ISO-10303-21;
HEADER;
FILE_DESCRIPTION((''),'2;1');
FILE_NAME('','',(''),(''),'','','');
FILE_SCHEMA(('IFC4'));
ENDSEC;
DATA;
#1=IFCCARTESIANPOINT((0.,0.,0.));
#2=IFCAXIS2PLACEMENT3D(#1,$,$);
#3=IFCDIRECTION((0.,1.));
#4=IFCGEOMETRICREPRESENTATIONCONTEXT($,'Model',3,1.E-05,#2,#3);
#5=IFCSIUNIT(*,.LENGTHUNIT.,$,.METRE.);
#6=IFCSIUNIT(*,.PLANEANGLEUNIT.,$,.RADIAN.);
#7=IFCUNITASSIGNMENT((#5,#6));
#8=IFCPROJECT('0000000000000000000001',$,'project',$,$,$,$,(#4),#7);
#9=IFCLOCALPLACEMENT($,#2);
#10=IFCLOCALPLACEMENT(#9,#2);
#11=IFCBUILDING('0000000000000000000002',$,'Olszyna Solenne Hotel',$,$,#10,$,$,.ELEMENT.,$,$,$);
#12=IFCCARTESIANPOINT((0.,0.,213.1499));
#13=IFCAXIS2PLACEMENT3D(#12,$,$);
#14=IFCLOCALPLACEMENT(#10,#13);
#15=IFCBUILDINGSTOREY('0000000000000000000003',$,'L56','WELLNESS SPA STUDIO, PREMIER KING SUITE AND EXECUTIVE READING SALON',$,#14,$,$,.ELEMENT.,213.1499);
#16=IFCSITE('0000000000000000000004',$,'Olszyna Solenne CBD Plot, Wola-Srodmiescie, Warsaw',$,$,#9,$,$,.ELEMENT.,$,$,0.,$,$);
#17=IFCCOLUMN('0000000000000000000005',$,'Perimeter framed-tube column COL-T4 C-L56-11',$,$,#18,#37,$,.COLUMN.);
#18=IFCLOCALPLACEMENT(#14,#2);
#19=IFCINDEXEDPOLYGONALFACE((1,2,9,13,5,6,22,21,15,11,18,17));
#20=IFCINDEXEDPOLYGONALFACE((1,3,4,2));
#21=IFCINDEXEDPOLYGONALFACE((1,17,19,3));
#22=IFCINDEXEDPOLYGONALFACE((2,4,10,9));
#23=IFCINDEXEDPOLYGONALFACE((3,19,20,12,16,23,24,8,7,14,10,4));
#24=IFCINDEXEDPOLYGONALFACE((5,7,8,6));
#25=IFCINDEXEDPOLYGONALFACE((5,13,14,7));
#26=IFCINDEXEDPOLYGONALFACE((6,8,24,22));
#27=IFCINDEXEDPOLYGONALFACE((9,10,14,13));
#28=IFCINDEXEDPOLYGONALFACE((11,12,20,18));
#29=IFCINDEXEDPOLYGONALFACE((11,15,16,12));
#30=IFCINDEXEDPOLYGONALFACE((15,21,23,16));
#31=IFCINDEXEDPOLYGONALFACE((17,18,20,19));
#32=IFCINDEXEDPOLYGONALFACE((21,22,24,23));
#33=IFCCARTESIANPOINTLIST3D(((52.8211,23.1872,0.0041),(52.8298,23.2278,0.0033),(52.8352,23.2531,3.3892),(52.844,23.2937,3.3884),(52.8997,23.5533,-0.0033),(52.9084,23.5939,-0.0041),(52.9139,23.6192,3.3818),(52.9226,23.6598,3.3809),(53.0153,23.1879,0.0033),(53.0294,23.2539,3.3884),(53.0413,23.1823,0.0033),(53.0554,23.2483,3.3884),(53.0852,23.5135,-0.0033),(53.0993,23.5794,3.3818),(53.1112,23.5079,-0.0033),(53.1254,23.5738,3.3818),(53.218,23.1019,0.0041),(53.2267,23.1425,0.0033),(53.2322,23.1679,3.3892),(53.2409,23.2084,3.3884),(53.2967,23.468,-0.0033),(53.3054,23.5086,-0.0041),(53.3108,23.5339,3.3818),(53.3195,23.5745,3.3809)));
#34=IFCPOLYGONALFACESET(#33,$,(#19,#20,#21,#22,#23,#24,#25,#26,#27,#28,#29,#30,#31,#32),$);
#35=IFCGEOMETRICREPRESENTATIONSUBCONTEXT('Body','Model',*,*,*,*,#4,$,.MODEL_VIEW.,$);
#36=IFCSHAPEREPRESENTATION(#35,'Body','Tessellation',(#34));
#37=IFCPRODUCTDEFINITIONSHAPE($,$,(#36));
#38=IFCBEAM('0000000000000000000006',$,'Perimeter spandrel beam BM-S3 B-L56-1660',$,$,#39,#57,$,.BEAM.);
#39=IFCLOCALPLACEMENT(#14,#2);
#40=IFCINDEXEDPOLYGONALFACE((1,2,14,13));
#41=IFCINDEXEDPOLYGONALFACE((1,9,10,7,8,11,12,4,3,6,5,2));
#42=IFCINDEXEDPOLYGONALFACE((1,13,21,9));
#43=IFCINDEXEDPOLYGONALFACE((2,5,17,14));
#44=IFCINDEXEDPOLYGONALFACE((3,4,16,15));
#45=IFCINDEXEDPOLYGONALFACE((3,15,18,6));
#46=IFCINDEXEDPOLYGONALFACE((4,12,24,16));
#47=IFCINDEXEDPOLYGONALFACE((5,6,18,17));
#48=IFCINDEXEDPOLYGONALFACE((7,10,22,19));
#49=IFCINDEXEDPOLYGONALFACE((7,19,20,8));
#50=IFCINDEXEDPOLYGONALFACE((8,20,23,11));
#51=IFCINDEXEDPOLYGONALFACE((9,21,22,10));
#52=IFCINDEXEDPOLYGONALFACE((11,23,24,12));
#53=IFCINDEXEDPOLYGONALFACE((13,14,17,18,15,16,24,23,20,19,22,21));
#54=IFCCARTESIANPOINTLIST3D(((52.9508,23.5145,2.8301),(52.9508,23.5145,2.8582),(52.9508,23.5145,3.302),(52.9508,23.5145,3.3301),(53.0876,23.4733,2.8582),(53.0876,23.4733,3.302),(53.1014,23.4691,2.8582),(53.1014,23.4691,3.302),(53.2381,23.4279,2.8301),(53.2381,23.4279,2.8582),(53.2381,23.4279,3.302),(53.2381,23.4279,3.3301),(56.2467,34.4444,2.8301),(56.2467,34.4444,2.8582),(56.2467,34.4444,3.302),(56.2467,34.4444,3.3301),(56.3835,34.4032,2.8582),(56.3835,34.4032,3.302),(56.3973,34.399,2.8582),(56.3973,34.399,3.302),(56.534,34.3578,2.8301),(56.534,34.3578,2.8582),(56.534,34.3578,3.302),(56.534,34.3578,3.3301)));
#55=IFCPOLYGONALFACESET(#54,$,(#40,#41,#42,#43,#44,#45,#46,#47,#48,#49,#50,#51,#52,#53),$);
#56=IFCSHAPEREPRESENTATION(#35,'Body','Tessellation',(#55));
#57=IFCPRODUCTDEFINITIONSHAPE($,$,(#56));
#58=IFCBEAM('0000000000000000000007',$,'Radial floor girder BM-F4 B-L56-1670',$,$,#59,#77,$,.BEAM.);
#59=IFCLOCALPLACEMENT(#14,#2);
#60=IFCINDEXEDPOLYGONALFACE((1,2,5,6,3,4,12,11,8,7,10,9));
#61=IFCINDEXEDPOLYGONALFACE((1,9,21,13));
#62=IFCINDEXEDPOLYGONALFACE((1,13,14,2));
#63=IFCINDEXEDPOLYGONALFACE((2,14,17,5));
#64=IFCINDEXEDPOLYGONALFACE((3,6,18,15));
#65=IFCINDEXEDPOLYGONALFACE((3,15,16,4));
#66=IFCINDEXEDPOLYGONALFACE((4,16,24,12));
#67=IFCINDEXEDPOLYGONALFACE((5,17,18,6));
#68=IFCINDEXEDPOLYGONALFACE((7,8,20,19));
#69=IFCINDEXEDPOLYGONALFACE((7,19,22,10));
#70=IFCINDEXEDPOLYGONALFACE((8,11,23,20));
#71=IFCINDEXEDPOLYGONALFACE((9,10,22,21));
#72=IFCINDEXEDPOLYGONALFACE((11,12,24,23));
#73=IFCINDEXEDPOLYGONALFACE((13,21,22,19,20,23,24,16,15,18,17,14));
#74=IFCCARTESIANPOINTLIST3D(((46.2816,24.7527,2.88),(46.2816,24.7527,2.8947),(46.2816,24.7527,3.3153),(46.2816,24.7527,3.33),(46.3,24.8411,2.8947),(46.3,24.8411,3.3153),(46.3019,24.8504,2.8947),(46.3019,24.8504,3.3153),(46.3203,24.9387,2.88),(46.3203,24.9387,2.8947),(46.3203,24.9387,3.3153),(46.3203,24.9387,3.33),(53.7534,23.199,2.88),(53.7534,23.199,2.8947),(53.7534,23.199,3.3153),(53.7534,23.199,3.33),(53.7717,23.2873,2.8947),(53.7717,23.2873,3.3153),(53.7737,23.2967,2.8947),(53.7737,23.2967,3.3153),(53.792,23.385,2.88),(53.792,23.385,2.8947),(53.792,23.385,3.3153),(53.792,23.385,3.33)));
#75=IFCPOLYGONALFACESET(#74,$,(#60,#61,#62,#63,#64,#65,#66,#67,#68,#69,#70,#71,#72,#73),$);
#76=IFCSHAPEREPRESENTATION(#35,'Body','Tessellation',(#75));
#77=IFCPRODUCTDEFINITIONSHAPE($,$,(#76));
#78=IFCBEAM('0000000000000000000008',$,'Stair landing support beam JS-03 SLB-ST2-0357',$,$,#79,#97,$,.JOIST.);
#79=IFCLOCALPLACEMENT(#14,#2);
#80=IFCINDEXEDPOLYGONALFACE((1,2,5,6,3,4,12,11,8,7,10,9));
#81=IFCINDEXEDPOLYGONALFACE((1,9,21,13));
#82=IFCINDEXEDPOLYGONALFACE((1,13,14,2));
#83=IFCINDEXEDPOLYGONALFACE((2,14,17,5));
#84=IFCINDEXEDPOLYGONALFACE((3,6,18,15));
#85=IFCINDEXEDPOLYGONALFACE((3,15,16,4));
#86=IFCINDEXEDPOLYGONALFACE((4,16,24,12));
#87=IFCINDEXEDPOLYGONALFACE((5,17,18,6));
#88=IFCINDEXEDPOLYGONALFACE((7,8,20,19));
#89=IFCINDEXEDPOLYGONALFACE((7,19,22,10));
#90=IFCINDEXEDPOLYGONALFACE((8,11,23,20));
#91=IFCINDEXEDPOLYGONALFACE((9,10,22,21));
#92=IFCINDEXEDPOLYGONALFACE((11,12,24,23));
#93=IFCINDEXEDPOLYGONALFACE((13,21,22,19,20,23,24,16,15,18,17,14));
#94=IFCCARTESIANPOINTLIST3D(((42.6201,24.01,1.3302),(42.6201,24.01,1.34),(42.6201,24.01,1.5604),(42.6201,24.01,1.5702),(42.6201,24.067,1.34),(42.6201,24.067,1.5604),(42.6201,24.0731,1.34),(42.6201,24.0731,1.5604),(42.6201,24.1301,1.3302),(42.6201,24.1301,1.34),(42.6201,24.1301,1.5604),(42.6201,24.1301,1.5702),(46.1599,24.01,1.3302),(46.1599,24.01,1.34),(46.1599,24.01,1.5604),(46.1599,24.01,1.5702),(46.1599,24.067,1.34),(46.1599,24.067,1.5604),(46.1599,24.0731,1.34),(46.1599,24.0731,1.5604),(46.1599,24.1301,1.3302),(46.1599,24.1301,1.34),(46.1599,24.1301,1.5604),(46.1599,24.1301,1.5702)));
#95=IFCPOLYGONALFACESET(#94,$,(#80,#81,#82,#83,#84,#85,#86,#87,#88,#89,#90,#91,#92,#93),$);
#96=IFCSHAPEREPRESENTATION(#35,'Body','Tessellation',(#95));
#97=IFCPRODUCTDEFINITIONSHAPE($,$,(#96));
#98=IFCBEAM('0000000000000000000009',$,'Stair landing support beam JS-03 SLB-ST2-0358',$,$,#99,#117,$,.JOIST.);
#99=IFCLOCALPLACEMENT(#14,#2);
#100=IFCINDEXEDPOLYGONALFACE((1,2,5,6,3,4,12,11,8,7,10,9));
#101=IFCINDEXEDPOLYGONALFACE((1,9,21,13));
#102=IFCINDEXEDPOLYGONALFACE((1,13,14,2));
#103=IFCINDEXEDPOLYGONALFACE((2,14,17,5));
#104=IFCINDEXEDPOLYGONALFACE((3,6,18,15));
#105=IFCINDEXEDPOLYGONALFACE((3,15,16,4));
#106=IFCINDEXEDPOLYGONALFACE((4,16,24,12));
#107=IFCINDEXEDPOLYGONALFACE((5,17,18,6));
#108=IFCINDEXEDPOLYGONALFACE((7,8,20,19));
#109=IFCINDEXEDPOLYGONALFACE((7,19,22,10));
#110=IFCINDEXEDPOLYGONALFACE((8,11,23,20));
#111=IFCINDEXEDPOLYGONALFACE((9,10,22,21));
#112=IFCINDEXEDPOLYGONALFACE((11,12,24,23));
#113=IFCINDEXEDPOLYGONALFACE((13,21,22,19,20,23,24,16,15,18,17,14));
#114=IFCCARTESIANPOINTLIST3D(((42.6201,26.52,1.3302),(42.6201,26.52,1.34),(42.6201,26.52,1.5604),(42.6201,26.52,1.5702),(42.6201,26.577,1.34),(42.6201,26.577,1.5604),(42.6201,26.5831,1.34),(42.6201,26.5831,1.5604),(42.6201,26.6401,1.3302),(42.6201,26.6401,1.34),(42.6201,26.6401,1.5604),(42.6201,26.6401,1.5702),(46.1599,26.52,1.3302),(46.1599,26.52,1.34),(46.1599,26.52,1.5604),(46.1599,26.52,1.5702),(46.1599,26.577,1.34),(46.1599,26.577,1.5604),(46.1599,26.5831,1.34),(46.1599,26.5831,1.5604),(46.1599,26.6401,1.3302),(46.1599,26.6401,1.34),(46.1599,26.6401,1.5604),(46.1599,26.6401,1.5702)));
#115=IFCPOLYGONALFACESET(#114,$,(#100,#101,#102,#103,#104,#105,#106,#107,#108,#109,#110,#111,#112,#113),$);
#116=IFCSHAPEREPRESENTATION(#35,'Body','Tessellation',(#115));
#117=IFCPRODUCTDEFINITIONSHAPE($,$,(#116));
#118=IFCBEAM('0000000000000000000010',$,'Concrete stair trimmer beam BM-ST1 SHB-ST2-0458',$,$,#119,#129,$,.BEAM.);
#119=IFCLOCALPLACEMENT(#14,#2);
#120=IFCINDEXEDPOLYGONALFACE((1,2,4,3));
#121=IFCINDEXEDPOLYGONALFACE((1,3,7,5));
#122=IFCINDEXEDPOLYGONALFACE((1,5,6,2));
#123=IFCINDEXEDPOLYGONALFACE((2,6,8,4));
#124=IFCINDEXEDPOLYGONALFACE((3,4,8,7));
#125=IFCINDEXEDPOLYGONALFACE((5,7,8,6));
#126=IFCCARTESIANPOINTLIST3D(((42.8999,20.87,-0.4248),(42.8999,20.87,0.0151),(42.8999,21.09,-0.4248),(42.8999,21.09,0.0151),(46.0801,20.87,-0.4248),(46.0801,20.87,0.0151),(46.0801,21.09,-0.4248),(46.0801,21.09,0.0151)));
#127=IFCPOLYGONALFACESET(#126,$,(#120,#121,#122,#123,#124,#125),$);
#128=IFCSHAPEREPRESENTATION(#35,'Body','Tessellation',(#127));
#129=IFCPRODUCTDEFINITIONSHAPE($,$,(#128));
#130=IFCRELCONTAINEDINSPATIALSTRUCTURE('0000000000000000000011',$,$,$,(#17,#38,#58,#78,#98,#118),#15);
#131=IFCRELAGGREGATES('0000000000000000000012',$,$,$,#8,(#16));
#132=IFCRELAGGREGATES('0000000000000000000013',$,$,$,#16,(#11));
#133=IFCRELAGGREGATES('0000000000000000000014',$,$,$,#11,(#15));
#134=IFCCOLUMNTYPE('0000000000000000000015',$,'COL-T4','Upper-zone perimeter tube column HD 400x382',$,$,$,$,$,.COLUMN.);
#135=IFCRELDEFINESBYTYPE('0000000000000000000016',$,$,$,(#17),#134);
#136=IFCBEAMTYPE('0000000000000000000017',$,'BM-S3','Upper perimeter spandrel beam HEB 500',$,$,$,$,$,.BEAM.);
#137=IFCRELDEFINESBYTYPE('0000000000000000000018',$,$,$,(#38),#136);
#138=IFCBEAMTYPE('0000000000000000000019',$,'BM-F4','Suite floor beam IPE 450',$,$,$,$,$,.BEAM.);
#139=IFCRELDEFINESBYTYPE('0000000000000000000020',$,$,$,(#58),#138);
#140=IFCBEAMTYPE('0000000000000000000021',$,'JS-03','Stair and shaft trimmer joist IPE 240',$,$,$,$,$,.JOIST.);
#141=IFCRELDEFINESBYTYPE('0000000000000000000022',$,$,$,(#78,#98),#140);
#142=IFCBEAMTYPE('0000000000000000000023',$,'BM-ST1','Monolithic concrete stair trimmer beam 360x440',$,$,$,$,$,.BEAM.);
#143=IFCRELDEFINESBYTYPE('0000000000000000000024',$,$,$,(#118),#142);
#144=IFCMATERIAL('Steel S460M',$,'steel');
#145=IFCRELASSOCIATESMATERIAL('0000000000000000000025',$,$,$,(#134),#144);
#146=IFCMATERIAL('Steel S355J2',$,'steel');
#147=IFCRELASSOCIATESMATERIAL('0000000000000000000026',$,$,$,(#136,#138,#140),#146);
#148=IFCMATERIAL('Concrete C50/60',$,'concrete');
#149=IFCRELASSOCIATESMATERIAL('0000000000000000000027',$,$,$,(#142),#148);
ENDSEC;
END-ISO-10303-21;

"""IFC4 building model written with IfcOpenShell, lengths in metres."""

from ifc_helpers import new_model, si_unit, direction, frame, origin, origin_2d, place, context, subcontext, project, spatial, rectangle, i_section, extrude, source, transform, mapped, material, material_profile, profile_set, type_object, element, save


model = new_model("IFC4")

# Units and contexts
model_context = context("Model", 3, precision=1e-05, world=origin(), true_north=direction((0.0, 1.0)))
body_context = subcontext(model_context, "Body", "Model", "MODEL_VIEW")
ifc_project = project(units=[si_unit("LENGTHUNIT", "METRE"), si_unit("PLANEANGLEUNIT", "RADIAN")], contexts=[model_context])

# Site, building, storey
site_placement = place(None, origin())
site = spatial("IfcSite", under=ifc_project, at=site_placement, Name="Olszyna Solenne CBD Plot, Wola-Srodmiescie, Warsaw", CompositionType="ELEMENT", RefElevation=0.0)
building_placement = place(site_placement, origin())
building = spatial("IfcBuilding", under=site, at=building_placement, Name="Olszyna Solenne Hotel", CompositionType="ELEMENT")
storey_placement = place(building_placement, frame((0.0, 0.0, 213.1499)))
storey = spatial("IfcBuildingStorey", under=building, at=storey_placement, Name="L56", Description="WELLNESS SPA STUDIO, PREMIER KING SUITE AND EXECUTIVE READING SALON", CompositionType="ELEMENT", Elevation=213.1499)

# Column
ifc_material_1 = material(Name="Steel S460M", Category="steel")
ifc_material_profile_1 = material_profile(ifc_material_1, i_section(OverallWidth=0.406, OverallDepth=0.416, WebThickness=0.0266, FlangeThickness=0.0415, at=origin_2d()), Name="HD 400x382", Category="load-bearing")
ifc_profile_set_1 = profile_set([ifc_material_profile_1], Name="Steel S460M")
column_type = type_object("IfcColumnType", Name="COL-T4", Description="Upper-zone perimeter tube column HD 400x382", PredefinedType="COLUMN", material=ifc_profile_set_1)
shared_shape_1 = source(origin(), body_context, "Body", "SweptSolid", [
    extrude(i_section(OverallWidth=0.406, OverallDepth=0.416, WebThickness=0.0266, FlangeThickness=0.0415, at=origin_2d()), origin(), (0.0, 0.0, 1.0), 3.3857),
])
column_placement = place(storey_placement, frame((53.0632, 23.3479, 0.0), z_axis=(0.004182, 0.01947, 0.999802), x_axis=(-0.977696, 0.210024, 0.0)))
element("IfcColumn", 1, at=column_placement, inside=storey, type_object=column_type, Name="Perimeter framed-tube column COL-T4 C-L56-11", PredefinedType="COLUMN", context=body_context, shape_type="MappedRepresentation", body=[
    mapped(shared_shape_1, transform((0.0, 0.0, 0.0), x_axis=(1.0, 0.0, 0.0), y_axis=(0.0, 1.0, 0.0), z_axis=(0.0, 0.0, 1.0), scale=1.0)),
])

# Beams
ifc_material_2 = material(Name="Steel S355J2", Category="steel")
ifc_material_profile_2 = material_profile(ifc_material_2, i_section(OverallWidth=0.3, OverallDepth=0.5, WebThickness=0.0144, FlangeThickness=0.0281, at=origin_2d()), Name="HEB 500", Category="load-bearing")
ifc_profile_set_2 = profile_set([ifc_material_profile_2], Name="Steel S355J2")
beam_type_1 = type_object("IfcBeamType", Name="BM-S3", Description="Upper perimeter spandrel beam HEB 500", PredefinedType="BEAM", material=ifc_profile_set_2)
shared_shape_2 = source(origin(), body_context, "Body", "SweptSolid", [
    extrude(i_section(OverallWidth=0.3, OverallDepth=0.5, WebThickness=0.0144, FlangeThickness=0.0281, at=origin_2d()), origin(), (0.0, 0.0, 1.0), 11.416),
])
beam_1_placement = place(storey_placement, frame((53.0945, 23.4712, 3.0801), z_axis=(0.288707, 0.957417, 0.0), x_axis=(-0.957417, 0.288707, 0.0)))
element("IfcBeam", 2, at=beam_1_placement, inside=storey, type_object=beam_type_1, Name="Perimeter spandrel beam BM-S3 B-L56-1660", PredefinedType="BEAM", context=body_context, shape_type="MappedRepresentation", body=[
    mapped(shared_shape_2, transform((0.0, 0.0, 0.0), x_axis=(1.0, 0.0, 0.0), y_axis=(0.0, 1.0, 0.0), z_axis=(0.0, 0.0, 1.0), scale=1.0)),
])
ifc_material_profile_3 = material_profile(ifc_material_2, i_section(OverallWidth=0.1899, OverallDepth=0.45, WebThickness=0.0095, FlangeThickness=0.0146, at=origin_2d()), Name="IPE 450", Category="load-bearing")
ifc_profile_set_3 = profile_set([ifc_material_profile_3], Name="Steel S355J2")
beam_type_2 = type_object("IfcBeamType", Name="BM-F4", Description="Suite floor beam IPE 450", PredefinedType="BEAM", material=ifc_profile_set_3)
shared_shape_3 = source(origin(), body_context, "Body", "SweptSolid", [
    extrude(i_section(OverallWidth=0.1899, OverallDepth=0.45, WebThickness=0.0095, FlangeThickness=0.0146, at=origin_2d()), origin(), (0.0, 0.0, 1.0), 7.6316),
])
beam_2_placement = place(storey_placement, frame((53.7727, 23.292, 3.105), z_axis=(-0.979056, 0.203591, 0.0), x_axis=(-0.203591, -0.979056, 0.0)))
element("IfcBeam", 3, at=beam_2_placement, inside=storey, type_object=beam_type_2, Name="Radial floor girder BM-F4 B-L56-1670", PredefinedType="BEAM", context=body_context, shape_type="MappedRepresentation", body=[
    mapped(shared_shape_3, transform((0.0, 0.0, 0.0), x_axis=(1.0, 0.0, 0.0), y_axis=(0.0, 1.0, 0.0), z_axis=(0.0, 0.0, 1.0), scale=1.0)),
])
ifc_material_profile_4 = material_profile(ifc_material_2, i_section(OverallWidth=0.1201, OverallDepth=0.24, WebThickness=0.0061, FlangeThickness=0.0098, at=origin_2d()), Name="IPE 240", Category="load-bearing")
ifc_profile_set_4 = profile_set([ifc_material_profile_4], Name="Steel S355J2")
beam_type_3 = type_object("IfcBeamType", Name="JS-03", Description="Stair and shaft trimmer joist IPE 240", PredefinedType="JOIST", material=ifc_profile_set_4)
shared_shape_4 = source(origin(), body_context, "Body", "SweptSolid", [
    extrude(i_section(OverallWidth=0.1201, OverallDepth=0.24, WebThickness=0.0061, FlangeThickness=0.0098, at=origin_2d()), origin(), (0.0, 0.0, 1.0), 3.5398),
])
for number, where, z_axis, x_axis, name in (
    (4, (46.1599, 24.0701, 1.4502), (-1.0, 0.0, 0.0), (0.0, -1.0, 0.0), "Stair landing support beam JS-03 SLB-ST2-0357"),
    (5, (46.1599, 26.5801, 1.4502), (-1.0, 0.0, 0.0), (0.0, -1.0, 0.0), "Stair landing support beam JS-03 SLB-ST2-0358"),
):
    element("IfcBeam", number, at=place(storey_placement, frame(where, z_axis=z_axis, x_axis=x_axis)), inside=storey, type_object=beam_type_3, Name=name, PredefinedType="JOIST", context=body_context, shape_type="MappedRepresentation", body=[
        mapped(shared_shape_4, transform((0.0, 0.0, 0.0), x_axis=(1.0, 0.0, 0.0), y_axis=(0.0, 1.0, 0.0), z_axis=(0.0, 0.0, 1.0), scale=1.0)),
    ])
ifc_material_3 = material(Name="Concrete C50/60", Category="concrete")
ifc_material_profile_5 = material_profile(ifc_material_3, rectangle(XDim=0.22, YDim=0.4399, at=origin_2d()), Name="RC 220x440", Category="load-bearing")
ifc_profile_set_5 = profile_set([ifc_material_profile_5], Name="Concrete C50/60")
beam_type_4 = type_object("IfcBeamType", Name="BM-ST1", Description="Monolithic concrete stair trimmer beam 360x440", PredefinedType="BEAM", material=ifc_profile_set_5)
shared_shape_5 = source(origin(), body_context, "Body", "SweptSolid", [
    extrude(rectangle(XDim=0.22, YDim=0.4399, at=origin_2d()), origin(), (0.0, 0.0, 1.0), 3.1802),
])
beam_3_placement = place(storey_placement, frame((46.0801, 20.98, -0.2048), z_axis=(-1.0, 0.0, 0.0), x_axis=(0.0, -1.0, 0.0)))
element("IfcBeam", 6, at=beam_3_placement, inside=storey, type_object=beam_type_4, Name="Concrete stair trimmer beam BM-ST1 SHB-ST2-0458", PredefinedType="BEAM", context=body_context, shape_type="MappedRepresentation", body=[
    mapped(shared_shape_5, transform((0.0, 0.0, 0.0), x_axis=(1.0, 0.0, 0.0), y_axis=(0.0, 1.0, 0.0), z_axis=(0.0, 0.0, 1.0), scale=1.0)),
])

save(model, "model.ifc")
